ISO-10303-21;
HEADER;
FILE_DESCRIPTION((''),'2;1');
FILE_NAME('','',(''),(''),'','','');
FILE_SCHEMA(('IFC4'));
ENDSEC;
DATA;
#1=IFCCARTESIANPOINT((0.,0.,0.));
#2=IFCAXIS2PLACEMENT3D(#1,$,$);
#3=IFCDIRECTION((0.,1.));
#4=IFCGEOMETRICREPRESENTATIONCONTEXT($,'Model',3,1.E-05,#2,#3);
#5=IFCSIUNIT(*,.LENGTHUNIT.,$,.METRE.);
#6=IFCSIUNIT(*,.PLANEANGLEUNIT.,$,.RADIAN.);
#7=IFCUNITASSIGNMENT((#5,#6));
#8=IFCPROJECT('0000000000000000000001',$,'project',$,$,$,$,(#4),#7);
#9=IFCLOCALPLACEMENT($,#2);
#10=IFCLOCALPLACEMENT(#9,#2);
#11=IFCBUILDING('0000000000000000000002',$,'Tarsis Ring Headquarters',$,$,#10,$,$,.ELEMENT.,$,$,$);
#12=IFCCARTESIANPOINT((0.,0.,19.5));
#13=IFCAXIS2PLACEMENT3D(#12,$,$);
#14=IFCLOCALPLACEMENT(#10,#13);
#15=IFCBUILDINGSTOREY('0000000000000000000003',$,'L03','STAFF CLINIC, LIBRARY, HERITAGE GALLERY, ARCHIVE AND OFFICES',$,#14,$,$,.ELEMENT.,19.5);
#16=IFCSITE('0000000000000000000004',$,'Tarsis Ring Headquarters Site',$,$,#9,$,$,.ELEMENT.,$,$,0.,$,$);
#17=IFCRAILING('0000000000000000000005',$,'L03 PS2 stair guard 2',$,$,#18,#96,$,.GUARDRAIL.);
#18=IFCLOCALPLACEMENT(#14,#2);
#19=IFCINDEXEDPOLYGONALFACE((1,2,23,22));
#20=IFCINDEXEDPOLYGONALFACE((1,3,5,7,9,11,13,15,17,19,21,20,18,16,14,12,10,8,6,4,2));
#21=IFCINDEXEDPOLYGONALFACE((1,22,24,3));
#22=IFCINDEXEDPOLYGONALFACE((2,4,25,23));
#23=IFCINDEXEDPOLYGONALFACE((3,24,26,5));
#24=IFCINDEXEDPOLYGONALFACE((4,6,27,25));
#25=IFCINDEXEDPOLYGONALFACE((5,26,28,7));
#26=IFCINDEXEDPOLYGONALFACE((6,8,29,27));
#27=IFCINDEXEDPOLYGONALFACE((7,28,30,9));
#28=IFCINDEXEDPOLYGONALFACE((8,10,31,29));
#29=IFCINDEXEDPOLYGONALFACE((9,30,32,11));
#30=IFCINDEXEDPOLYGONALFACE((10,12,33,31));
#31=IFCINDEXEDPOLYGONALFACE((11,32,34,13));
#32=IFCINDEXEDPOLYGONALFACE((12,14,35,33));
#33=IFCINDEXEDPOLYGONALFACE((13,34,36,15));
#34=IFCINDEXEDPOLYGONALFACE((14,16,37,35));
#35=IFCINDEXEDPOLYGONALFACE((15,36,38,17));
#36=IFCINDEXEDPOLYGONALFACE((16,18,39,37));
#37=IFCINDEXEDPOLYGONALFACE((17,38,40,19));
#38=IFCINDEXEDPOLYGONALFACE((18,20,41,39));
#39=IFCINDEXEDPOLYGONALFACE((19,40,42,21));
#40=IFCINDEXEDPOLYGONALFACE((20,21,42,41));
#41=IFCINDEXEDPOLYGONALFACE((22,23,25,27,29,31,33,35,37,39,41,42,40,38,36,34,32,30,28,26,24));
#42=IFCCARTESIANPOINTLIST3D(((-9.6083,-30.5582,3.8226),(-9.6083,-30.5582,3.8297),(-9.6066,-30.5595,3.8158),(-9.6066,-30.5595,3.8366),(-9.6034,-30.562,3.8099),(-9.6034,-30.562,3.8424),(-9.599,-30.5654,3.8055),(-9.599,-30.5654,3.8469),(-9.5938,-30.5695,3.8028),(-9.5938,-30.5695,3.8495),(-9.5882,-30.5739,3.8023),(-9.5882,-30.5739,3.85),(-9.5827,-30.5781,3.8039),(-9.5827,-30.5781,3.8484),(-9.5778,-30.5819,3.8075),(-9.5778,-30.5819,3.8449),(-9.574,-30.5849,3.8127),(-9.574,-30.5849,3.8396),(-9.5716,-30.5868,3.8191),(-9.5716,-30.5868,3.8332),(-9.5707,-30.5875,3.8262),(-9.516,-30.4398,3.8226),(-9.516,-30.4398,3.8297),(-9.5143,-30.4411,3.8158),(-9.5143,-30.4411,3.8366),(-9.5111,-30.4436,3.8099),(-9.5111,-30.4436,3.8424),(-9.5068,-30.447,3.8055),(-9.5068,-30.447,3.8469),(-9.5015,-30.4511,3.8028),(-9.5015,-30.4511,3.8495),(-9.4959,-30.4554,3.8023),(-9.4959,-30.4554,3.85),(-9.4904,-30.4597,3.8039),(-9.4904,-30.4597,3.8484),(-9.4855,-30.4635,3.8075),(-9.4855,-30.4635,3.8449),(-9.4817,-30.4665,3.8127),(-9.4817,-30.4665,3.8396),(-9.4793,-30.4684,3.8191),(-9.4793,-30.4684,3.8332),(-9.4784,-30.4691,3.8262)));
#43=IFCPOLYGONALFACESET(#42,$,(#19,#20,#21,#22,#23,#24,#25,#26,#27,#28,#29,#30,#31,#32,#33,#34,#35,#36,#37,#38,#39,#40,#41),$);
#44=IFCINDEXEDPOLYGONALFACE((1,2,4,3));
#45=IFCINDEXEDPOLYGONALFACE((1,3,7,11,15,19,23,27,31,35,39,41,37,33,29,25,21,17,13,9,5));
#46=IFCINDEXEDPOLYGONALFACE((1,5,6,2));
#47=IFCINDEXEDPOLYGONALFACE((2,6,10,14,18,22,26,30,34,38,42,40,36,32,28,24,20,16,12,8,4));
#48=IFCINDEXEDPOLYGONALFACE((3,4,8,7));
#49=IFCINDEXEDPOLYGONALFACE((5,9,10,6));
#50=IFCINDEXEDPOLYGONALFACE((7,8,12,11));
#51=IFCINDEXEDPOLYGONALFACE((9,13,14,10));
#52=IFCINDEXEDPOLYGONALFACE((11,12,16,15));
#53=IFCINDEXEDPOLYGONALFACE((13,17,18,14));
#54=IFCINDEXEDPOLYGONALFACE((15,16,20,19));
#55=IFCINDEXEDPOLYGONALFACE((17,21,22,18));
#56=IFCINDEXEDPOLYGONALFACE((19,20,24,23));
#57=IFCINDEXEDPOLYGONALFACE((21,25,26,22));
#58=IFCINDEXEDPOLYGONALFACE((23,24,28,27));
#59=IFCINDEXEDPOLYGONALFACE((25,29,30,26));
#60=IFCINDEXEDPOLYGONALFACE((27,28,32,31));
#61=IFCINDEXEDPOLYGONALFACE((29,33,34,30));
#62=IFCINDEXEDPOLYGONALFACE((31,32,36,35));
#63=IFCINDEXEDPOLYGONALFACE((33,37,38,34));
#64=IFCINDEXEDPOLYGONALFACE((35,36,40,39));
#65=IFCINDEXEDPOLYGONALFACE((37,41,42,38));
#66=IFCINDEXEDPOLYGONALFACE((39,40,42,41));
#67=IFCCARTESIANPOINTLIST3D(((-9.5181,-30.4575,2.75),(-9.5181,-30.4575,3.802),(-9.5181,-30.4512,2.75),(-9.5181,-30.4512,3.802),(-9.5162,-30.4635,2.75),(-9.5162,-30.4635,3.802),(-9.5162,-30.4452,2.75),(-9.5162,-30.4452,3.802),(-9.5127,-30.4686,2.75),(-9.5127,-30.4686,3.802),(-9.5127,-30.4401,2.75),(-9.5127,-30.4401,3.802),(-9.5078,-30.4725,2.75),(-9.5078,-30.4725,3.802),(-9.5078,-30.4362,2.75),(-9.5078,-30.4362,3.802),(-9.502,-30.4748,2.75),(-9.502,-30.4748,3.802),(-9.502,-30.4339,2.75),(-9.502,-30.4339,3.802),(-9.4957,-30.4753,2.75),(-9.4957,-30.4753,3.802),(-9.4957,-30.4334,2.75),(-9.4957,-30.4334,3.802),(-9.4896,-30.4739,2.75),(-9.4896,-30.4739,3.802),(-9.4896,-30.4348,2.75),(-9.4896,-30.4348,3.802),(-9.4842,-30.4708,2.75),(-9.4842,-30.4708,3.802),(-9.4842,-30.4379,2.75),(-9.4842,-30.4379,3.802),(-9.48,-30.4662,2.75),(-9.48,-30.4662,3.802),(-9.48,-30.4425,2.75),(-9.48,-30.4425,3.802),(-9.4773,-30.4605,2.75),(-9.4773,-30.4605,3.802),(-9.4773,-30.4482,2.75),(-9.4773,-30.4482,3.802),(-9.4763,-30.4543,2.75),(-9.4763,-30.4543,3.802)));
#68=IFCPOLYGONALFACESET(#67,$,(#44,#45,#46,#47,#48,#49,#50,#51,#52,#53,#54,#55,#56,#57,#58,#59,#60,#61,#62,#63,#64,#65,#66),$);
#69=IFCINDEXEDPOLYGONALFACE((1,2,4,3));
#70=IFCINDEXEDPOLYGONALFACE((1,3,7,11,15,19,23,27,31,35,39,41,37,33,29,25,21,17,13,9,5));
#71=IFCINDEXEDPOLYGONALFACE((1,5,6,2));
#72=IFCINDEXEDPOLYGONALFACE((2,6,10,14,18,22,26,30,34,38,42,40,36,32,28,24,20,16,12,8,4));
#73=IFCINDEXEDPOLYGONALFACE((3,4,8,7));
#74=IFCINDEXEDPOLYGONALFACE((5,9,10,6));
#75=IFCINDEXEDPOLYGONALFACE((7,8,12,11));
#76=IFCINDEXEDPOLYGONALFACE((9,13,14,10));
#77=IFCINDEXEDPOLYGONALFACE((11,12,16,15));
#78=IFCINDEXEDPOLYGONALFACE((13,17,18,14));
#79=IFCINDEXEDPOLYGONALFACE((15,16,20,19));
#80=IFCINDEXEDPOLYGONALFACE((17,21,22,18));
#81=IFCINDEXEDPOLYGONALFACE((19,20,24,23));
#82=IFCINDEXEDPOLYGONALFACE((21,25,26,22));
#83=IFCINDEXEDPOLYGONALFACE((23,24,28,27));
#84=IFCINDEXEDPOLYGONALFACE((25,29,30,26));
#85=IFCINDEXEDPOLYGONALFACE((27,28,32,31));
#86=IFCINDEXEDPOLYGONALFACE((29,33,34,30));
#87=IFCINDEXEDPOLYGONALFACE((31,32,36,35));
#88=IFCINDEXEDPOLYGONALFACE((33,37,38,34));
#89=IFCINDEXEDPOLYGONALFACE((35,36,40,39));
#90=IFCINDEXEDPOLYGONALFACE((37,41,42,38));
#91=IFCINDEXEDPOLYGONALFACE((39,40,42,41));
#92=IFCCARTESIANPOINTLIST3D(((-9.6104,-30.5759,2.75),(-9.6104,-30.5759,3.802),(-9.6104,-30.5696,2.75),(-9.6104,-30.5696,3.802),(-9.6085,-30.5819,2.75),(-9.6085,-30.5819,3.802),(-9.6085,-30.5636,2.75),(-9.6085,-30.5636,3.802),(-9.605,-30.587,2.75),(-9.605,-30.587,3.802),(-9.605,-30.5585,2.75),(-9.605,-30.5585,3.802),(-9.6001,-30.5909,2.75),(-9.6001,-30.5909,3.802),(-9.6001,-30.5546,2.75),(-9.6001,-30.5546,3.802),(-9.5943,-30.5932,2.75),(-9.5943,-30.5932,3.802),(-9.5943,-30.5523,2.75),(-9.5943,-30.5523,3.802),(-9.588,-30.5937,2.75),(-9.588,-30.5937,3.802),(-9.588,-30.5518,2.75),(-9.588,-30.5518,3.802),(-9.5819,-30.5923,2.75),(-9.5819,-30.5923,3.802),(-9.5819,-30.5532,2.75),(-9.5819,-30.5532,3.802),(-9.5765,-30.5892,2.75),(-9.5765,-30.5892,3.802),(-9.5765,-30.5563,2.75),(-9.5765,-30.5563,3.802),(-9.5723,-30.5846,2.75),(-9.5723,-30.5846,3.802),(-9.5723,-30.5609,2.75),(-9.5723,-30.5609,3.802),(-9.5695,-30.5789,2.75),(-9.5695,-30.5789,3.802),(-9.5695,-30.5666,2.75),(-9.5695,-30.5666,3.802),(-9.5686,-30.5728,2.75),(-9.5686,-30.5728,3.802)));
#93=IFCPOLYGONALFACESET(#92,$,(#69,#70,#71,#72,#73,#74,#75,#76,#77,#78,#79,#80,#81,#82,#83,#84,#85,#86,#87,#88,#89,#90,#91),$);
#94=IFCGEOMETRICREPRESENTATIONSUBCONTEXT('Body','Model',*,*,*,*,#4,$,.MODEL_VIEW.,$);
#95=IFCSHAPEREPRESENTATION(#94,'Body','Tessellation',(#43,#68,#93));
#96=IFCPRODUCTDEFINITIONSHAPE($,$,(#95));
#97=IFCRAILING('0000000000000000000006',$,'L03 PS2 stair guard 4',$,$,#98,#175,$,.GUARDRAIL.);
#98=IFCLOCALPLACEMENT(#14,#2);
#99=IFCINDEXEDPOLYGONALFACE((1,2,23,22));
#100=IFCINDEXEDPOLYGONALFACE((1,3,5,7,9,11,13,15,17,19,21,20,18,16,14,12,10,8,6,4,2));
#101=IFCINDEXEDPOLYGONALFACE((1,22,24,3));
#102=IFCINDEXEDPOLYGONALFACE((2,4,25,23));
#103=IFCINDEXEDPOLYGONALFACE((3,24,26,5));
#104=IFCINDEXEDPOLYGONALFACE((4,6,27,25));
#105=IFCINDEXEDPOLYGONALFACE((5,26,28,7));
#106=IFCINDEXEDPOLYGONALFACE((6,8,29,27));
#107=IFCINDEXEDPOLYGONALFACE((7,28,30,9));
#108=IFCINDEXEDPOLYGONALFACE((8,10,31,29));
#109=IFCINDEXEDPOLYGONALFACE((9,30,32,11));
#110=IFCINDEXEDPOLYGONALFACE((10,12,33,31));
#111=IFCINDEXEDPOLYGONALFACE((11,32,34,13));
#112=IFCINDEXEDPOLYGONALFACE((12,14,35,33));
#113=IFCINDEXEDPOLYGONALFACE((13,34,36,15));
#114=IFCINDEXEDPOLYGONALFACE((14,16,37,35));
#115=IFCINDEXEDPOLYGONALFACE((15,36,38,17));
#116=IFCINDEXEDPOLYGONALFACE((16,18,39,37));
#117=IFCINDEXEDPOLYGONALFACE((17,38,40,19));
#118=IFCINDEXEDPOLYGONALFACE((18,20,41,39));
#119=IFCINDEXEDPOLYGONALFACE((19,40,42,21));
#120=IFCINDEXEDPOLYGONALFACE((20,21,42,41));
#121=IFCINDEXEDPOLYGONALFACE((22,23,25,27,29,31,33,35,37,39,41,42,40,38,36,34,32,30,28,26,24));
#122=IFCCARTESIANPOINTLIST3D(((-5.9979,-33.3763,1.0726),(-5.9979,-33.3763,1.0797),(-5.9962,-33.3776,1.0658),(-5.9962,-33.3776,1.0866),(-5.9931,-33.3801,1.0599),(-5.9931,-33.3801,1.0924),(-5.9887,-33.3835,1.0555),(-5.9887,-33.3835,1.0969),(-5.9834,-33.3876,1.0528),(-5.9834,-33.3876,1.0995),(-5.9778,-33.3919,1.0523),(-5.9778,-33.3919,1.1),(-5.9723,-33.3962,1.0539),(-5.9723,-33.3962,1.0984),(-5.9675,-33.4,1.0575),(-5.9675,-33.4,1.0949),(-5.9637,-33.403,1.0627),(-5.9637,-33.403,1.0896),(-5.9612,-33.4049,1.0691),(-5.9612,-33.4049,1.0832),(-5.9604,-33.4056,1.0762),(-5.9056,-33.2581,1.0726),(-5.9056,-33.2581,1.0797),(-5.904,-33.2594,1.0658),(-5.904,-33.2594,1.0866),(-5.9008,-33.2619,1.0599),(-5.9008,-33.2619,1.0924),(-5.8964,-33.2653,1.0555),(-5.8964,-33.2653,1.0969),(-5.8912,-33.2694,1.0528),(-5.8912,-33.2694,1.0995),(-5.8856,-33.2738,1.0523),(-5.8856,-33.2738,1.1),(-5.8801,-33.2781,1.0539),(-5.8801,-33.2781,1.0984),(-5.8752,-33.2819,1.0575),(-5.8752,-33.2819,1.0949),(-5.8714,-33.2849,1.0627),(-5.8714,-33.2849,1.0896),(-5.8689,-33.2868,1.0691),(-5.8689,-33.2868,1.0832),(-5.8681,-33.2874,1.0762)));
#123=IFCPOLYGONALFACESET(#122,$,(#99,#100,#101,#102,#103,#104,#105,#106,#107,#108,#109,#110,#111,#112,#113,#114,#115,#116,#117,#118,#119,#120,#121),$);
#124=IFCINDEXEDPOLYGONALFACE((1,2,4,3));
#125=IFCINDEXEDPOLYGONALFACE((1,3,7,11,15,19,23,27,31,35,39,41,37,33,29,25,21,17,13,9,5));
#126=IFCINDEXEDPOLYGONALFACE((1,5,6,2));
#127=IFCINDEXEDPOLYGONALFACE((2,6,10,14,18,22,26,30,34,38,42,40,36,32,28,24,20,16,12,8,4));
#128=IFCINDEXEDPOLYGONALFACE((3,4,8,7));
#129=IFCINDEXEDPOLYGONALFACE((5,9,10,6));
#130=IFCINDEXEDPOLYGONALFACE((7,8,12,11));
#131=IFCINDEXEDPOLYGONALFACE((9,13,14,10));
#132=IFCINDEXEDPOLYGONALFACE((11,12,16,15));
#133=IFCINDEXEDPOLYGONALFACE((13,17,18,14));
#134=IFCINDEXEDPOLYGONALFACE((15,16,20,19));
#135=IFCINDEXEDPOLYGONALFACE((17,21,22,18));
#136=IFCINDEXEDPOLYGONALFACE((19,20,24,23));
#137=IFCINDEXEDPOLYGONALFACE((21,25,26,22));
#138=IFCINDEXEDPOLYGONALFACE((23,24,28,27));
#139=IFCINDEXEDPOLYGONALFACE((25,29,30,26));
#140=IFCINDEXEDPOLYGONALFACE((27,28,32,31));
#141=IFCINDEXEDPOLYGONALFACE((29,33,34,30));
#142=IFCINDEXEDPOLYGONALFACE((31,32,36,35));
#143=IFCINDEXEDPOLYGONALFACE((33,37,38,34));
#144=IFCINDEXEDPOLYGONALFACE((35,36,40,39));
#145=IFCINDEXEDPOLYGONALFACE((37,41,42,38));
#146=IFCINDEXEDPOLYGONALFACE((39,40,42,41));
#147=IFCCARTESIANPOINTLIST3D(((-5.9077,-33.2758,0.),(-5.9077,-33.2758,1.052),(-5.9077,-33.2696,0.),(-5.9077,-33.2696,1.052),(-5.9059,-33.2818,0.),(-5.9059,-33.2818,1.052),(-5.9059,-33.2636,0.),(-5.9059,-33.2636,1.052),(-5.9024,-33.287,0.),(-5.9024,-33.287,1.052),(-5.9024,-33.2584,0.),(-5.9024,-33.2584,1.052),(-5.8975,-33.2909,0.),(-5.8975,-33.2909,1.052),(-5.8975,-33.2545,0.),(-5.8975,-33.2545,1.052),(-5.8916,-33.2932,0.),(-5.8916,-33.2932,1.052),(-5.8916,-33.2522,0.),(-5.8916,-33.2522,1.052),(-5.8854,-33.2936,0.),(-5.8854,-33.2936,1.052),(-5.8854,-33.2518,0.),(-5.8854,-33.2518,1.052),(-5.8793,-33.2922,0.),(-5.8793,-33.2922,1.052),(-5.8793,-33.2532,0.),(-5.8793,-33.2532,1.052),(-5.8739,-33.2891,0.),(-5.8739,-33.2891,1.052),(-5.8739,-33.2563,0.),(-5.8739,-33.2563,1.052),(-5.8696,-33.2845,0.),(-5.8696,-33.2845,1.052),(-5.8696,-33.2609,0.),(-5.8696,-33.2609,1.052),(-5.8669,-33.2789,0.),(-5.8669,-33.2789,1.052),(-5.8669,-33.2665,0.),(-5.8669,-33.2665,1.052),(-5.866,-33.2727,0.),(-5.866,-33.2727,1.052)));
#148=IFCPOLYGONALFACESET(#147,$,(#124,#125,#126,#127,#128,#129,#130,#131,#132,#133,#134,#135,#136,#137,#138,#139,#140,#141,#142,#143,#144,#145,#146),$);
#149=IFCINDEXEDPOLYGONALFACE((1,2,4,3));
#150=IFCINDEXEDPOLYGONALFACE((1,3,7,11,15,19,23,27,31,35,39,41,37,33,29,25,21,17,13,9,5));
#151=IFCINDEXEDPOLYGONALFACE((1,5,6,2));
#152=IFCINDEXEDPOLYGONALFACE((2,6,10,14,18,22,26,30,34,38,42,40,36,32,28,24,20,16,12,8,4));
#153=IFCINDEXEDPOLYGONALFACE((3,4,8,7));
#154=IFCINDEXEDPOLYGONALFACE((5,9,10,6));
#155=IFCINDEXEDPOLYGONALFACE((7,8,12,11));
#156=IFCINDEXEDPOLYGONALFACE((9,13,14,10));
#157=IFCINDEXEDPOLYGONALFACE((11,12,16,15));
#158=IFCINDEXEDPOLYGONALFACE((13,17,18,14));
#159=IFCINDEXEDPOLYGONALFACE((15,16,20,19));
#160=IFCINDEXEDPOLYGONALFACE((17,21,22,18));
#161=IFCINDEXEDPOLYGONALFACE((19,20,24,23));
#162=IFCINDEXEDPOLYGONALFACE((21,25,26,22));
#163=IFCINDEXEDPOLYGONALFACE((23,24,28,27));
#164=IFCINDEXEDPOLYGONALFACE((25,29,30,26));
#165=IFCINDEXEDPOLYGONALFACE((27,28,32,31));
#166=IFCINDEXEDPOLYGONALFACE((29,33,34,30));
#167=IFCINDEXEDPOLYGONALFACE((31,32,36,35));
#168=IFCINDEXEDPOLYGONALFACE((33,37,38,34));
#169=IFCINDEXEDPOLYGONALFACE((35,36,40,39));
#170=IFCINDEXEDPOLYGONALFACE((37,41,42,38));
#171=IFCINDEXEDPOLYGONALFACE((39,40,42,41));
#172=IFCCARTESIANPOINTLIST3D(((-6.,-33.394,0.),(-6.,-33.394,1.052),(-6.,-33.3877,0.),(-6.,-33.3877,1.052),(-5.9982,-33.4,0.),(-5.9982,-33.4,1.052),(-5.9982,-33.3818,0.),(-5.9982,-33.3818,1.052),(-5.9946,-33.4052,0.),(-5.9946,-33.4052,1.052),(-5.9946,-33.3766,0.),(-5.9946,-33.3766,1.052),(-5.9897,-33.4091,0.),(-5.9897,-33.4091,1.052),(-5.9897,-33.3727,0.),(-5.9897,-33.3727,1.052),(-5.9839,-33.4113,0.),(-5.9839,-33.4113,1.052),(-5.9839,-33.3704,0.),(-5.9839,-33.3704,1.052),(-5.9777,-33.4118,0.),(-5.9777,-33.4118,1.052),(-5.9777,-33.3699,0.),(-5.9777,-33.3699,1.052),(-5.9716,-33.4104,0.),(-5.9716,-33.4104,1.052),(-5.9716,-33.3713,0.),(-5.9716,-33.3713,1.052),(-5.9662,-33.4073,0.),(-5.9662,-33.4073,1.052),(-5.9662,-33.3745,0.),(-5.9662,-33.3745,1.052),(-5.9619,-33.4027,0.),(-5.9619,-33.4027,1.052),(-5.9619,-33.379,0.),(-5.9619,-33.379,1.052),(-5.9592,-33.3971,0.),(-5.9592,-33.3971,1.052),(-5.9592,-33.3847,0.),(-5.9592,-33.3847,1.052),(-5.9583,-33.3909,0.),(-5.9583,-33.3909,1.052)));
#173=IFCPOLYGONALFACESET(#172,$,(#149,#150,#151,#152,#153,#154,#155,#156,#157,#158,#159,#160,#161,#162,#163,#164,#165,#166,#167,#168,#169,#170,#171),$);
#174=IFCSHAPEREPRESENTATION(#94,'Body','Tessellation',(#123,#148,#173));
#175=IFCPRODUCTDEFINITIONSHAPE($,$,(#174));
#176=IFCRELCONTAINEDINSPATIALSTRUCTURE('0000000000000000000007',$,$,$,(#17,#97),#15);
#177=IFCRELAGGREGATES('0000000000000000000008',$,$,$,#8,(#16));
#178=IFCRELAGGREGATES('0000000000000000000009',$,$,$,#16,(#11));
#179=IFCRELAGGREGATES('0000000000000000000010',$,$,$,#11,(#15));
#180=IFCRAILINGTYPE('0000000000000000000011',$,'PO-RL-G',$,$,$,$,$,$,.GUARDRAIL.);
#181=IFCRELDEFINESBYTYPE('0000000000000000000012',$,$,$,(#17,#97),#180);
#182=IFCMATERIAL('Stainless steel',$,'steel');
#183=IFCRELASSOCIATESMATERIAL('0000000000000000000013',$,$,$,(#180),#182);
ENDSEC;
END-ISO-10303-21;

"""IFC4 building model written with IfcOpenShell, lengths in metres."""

from ifc_helpers import new_model, si_unit, direction, frame, origin, origin_2d, place, context, subcontext, project, spatial, circle, extrude, material, type_object, element, save


model = new_model("IFC4")

# Units and contexts
model_context = context("Model", 3, precision=1e-05, world=origin(), true_north=direction((0.0, 1.0)))
body_context = subcontext(model_context, "Body", "Model", "MODEL_VIEW")
ifc_project = project(units=[si_unit("LENGTHUNIT", "METRE"), si_unit("PLANEANGLEUNIT", "RADIAN")], contexts=[model_context])

# Site, building, storey
site_placement = place(None, origin())
site = spatial("IfcSite", under=ifc_project, at=site_placement, Name="Tarsis Ring Headquarters Site", CompositionType="ELEMENT", RefElevation=0.0)
building_placement = place(site_placement, origin())
building = spatial("IfcBuilding", under=site, at=building_placement, Name="Tarsis Ring Headquarters", CompositionType="ELEMENT")
storey_placement = place(building_placement, frame((0.0, 0.0, 19.5)))
storey = spatial("IfcBuildingStorey", under=building, at=storey_placement, Name="L03", Description="STAFF CLINIC, LIBRARY, HERITAGE GALLERY, ARCHIVE AND OFFICES", CompositionType="ELEMENT", Elevation=19.5)

# Railings
ifc_material_1 = material(Name="Stainless steel", Category="steel")
railing_type_1 = type_object("IfcRailingType", Name="PO-RL-G", PredefinedType="GUARDRAIL", material=ifc_material_1)
railing_1_placement = place(storey_placement, frame((-9.4973, -30.4543, 2.75)))
element("IfcRailing", 1, at=railing_1_placement, inside=storey, type_object=railing_type_1, Name="L03 PS2 stair guard 2", PredefinedType="GUARDRAIL", context=body_context, shape_type="SweptSolid", body=[
    extrude(circle(Radius=0.0239, at=origin_2d()), frame((0.0, 0.0, 1.0762), z_axis=(-0.614728, -0.788739, 0.0), x_axis=(0.788739, -0.614728, 0.0)), (0.0, 0.0, 1.0), 0.1501),
    extrude(circle(Radius=0.021, at=origin_2d()), origin(), (0.0, 0.0, 1.0), 1.052),
    extrude(circle(Radius=0.021, at=origin_2d()), frame((-0.0923, -0.1184, 0.0)), (0.0, 0.0, 1.0), 1.052),
])
railing_2_placement = place(storey_placement, frame((-5.887, -33.2727, 0.0)))
element("IfcRailing", 2, at=railing_2_placement, inside=storey, type_object=railing_type_1, Name="L03 PS2 stair guard 4", PredefinedType="GUARDRAIL", context=body_context, shape_type="SweptSolid", body=[
    extrude(circle(Radius=0.0239, at=origin_2d()), frame((0.0, 0.0, 1.0762), z_axis=(-0.615518, -0.788123, 0.0), x_axis=(0.788123, -0.615518, 0.0)), (0.0, 0.0, 1.0), 0.1499),
    extrude(circle(Radius=0.021, at=origin_2d()), origin(), (0.0, 0.0, 1.0), 1.052),
    extrude(circle(Radius=0.021, at=origin_2d()), frame((-0.0923, -0.1182, 0.0)), (0.0, 0.0, 1.0), 1.052),
])

save(model, "model.ifc")
